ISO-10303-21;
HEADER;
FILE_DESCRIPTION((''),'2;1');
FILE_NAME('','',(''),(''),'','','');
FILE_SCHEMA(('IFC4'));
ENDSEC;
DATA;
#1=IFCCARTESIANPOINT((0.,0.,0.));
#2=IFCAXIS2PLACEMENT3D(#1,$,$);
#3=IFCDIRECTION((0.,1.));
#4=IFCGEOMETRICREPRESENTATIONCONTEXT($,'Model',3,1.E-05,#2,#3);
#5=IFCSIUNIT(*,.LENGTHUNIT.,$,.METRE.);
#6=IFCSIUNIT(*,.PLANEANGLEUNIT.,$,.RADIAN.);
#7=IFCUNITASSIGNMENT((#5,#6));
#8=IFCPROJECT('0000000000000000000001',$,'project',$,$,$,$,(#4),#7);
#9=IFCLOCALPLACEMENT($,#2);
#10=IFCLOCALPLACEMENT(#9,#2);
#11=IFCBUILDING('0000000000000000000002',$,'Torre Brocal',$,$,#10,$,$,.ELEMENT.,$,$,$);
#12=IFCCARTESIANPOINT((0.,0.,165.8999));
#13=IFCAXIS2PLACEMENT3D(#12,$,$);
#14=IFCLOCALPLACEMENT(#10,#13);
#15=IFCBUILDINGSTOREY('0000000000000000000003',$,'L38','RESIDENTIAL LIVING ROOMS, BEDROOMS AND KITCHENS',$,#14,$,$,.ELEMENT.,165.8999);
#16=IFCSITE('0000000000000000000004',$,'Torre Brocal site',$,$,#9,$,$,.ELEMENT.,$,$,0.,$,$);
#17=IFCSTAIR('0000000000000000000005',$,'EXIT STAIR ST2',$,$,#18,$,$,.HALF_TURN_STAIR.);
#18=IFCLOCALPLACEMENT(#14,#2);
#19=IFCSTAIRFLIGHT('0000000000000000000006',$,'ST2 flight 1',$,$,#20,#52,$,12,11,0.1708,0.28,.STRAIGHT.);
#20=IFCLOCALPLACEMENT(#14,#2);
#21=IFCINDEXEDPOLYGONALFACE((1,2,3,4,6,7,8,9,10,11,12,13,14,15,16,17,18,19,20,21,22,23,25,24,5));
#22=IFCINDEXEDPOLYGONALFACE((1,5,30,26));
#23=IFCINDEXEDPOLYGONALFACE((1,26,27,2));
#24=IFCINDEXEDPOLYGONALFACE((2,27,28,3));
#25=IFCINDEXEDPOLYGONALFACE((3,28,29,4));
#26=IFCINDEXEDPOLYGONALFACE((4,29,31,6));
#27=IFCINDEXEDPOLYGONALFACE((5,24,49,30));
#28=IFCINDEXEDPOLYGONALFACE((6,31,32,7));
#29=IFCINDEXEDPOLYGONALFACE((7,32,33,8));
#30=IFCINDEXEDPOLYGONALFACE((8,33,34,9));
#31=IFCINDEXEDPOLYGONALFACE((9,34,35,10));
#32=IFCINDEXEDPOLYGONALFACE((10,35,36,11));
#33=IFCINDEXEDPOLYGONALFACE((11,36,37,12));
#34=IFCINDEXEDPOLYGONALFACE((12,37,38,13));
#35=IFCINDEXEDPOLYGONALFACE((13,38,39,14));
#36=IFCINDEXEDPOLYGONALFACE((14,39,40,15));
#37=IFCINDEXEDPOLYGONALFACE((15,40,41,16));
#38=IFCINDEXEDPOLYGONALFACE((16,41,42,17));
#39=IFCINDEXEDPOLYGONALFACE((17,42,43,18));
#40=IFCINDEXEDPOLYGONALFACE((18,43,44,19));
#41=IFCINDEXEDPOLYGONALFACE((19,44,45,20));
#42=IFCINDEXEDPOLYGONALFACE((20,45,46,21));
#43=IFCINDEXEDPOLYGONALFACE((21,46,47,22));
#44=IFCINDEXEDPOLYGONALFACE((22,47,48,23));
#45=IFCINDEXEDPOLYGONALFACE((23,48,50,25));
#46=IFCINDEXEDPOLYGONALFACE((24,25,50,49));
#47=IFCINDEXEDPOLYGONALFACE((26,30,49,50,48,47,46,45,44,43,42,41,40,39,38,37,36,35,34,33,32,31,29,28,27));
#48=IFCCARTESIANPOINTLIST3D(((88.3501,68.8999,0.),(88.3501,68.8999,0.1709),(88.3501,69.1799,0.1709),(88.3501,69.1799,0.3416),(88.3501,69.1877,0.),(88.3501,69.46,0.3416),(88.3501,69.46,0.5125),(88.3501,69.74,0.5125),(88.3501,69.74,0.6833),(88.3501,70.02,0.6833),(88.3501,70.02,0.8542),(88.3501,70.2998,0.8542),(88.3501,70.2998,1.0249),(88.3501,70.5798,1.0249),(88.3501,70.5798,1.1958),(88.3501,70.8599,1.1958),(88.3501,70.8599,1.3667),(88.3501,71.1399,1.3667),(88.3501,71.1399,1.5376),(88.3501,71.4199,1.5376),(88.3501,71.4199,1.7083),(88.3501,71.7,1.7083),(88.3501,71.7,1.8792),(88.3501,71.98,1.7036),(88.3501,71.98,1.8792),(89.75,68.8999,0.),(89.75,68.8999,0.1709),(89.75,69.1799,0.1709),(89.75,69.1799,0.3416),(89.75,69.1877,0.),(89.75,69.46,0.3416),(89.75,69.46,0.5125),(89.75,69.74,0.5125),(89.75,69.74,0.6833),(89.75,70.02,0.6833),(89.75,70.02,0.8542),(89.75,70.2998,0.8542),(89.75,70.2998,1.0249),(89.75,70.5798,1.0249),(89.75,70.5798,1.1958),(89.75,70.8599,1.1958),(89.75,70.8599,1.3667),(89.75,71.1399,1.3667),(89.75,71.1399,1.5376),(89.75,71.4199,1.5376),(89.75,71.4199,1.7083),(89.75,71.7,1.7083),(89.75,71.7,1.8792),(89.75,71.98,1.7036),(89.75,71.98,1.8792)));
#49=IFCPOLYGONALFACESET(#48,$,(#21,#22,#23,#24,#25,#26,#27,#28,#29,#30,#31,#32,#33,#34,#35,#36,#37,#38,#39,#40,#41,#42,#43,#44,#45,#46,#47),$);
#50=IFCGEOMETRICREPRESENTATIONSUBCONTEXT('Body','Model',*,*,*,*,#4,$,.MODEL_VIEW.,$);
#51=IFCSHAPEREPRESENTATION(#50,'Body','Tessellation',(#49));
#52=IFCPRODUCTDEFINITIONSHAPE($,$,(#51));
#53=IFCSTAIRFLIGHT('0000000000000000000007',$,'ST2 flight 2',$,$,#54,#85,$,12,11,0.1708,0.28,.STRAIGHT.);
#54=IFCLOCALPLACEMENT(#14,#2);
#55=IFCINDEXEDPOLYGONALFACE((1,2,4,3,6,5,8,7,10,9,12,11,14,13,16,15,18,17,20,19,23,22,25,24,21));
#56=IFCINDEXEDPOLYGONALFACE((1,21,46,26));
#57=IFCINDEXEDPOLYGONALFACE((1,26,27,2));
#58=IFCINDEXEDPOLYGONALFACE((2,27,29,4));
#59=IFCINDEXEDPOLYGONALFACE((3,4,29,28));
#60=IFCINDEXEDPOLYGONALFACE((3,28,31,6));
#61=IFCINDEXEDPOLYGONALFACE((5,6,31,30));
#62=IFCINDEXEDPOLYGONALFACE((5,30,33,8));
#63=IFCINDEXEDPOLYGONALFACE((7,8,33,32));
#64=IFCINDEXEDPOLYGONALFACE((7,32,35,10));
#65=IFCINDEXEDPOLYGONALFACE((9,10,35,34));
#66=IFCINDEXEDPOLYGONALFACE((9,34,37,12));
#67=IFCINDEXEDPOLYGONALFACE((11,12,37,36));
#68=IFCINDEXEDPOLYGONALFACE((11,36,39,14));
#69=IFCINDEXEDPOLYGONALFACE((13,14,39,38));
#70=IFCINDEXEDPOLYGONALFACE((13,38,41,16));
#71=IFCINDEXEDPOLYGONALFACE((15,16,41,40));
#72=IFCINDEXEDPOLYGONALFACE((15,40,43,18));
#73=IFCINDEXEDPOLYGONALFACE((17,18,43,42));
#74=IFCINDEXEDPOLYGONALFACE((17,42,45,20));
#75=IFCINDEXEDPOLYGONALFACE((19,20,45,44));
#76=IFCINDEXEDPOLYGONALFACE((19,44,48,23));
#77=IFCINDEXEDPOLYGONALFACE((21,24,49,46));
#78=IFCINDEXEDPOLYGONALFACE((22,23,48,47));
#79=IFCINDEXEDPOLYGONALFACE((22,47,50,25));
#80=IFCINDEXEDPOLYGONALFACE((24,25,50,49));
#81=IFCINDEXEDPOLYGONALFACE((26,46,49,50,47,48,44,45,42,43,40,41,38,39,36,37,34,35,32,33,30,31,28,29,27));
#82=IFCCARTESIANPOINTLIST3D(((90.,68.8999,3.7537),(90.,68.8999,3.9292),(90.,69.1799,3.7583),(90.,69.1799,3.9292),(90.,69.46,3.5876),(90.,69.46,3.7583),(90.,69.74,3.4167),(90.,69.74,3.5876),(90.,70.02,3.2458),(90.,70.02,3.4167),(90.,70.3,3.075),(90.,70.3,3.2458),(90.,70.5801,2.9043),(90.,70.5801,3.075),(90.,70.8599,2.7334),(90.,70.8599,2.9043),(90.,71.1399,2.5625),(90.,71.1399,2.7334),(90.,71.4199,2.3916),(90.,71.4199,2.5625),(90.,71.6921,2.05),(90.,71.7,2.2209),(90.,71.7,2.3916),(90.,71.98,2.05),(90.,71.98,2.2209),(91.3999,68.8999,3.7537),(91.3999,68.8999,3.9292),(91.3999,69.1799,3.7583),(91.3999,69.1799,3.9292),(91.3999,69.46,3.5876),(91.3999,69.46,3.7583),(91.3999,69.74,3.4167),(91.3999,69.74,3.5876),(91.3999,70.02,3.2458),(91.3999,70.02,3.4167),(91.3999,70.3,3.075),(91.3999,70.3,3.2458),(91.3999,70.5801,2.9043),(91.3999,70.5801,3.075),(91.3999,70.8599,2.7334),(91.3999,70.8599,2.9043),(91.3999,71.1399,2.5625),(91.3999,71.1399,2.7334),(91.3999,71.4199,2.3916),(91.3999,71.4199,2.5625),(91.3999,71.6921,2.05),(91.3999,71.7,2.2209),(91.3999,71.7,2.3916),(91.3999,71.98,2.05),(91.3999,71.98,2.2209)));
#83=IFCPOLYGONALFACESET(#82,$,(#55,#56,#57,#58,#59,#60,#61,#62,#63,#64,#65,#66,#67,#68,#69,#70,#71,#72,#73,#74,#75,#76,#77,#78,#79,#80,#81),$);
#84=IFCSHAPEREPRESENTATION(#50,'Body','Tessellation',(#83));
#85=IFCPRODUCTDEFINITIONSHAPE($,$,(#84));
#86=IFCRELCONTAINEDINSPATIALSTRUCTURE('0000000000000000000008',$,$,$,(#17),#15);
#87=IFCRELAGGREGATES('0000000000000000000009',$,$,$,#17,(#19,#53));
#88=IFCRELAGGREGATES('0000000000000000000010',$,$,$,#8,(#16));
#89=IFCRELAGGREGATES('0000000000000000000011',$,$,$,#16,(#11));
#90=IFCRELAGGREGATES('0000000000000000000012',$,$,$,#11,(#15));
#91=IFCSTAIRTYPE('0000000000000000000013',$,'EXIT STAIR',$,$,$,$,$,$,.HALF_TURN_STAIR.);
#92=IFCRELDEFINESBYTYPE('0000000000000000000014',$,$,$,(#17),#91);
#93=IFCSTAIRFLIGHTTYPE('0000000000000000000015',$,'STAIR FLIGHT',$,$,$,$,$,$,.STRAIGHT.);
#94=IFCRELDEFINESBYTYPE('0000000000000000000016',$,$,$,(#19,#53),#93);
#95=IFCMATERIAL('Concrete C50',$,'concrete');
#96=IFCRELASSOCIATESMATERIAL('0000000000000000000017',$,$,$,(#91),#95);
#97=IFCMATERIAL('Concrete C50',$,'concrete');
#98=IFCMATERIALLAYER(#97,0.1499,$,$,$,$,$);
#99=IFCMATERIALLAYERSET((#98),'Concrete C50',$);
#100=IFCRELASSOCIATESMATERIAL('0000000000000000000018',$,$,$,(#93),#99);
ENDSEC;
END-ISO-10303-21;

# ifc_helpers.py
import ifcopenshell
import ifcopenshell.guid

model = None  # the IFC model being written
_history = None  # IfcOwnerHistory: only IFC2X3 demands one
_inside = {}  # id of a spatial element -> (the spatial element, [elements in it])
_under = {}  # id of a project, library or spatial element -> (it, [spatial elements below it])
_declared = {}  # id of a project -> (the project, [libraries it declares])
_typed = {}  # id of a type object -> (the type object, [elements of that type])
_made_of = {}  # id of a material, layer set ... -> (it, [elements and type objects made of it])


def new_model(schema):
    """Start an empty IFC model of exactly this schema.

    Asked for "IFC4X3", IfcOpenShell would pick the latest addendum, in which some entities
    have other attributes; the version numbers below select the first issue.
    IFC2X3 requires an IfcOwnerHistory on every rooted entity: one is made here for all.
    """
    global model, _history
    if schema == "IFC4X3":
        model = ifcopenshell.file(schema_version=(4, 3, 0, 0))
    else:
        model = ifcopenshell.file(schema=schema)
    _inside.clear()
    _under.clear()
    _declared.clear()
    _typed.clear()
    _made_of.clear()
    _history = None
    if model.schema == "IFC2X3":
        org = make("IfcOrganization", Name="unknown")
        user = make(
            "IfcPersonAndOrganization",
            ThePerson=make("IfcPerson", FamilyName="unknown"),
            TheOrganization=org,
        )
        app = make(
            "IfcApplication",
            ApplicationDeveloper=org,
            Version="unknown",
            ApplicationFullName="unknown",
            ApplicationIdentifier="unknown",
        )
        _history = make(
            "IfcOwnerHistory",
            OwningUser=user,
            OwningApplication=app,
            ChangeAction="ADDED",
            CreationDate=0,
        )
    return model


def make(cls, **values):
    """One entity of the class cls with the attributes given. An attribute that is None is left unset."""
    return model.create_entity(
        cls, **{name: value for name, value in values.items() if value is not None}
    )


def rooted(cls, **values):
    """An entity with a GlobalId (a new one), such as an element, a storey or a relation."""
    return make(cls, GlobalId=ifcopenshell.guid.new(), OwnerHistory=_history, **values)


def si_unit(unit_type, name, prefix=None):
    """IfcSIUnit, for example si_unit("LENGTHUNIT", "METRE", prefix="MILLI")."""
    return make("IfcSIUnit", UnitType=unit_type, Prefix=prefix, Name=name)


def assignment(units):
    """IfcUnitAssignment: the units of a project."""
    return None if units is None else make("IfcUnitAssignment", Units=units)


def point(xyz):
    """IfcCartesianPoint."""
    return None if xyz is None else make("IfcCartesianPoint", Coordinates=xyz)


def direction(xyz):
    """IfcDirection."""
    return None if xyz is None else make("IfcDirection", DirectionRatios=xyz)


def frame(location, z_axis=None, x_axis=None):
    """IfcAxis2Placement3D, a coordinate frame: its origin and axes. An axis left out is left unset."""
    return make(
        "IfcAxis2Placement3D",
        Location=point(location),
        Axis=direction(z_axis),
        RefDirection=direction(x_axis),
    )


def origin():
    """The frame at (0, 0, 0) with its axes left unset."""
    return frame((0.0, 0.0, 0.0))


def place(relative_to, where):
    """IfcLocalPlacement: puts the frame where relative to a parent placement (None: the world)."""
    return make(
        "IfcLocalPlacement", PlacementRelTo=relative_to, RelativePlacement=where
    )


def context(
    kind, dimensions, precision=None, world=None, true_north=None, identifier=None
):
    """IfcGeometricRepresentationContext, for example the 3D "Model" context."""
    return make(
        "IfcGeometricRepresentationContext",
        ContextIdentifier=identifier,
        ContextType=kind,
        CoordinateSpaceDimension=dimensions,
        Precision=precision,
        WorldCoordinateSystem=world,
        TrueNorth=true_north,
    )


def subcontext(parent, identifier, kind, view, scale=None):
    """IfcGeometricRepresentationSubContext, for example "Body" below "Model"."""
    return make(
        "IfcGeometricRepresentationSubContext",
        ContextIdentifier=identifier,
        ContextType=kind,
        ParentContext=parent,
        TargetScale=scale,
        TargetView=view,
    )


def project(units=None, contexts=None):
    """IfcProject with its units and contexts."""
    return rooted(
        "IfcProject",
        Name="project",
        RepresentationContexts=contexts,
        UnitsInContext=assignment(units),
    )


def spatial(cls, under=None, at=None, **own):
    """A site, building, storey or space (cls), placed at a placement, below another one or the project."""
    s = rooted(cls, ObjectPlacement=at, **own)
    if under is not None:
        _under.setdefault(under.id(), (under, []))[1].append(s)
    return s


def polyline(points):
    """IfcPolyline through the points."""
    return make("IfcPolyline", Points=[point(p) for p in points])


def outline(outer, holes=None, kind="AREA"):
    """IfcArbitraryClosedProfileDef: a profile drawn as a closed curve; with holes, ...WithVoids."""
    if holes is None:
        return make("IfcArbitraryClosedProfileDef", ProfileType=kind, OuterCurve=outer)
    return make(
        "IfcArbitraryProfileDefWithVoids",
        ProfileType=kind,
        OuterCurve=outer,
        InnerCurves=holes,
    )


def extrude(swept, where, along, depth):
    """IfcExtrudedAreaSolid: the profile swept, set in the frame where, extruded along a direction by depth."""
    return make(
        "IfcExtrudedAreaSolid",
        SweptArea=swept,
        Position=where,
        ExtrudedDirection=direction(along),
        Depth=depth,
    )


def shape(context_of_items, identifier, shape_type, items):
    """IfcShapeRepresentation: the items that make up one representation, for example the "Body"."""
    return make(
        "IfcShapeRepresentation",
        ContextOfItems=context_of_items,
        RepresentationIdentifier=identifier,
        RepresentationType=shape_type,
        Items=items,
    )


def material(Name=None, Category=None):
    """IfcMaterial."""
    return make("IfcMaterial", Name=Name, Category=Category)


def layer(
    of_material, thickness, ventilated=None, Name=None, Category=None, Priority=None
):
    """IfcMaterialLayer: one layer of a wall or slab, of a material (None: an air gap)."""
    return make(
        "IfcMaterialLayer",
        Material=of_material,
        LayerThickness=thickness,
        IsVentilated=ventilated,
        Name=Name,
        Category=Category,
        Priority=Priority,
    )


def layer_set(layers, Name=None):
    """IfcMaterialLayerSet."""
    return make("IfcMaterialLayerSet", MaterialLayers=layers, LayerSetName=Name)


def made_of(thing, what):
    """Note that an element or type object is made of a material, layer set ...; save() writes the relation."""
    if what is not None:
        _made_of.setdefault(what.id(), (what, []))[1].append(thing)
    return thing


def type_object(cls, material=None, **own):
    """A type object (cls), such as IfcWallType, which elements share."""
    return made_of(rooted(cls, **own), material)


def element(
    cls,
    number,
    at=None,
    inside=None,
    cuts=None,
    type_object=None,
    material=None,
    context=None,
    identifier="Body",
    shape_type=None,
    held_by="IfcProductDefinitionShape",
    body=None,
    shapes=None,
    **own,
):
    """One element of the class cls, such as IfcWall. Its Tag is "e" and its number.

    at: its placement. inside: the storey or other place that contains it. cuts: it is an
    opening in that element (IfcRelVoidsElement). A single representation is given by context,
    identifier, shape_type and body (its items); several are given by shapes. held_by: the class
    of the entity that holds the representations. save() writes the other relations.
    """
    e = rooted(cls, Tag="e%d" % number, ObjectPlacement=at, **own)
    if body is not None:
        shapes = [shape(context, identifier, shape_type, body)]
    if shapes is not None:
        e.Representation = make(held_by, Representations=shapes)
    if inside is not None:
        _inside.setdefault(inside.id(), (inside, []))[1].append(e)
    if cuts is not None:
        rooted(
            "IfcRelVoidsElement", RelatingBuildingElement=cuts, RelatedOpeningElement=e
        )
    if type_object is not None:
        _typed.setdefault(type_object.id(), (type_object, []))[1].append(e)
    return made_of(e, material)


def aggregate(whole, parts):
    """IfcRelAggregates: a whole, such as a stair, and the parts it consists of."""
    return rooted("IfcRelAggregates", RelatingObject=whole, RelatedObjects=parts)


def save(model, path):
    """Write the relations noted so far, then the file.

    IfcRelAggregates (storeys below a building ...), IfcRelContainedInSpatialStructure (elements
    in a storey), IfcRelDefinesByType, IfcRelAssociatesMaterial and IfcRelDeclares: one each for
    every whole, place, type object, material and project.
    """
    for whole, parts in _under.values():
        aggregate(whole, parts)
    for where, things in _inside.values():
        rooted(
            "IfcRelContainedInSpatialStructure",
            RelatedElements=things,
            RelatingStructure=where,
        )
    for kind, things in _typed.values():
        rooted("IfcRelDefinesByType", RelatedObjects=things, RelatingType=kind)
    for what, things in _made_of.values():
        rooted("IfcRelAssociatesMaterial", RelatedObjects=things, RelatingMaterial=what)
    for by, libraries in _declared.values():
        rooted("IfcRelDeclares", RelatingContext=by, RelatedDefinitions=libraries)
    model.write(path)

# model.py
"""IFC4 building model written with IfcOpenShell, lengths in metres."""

from ifc_helpers import new_model, si_unit, direction, frame, origin, place, context, subcontext, project, spatial, polyline, outline, extrude, material, layer, layer_set, type_object, element, aggregate, save


model = new_model("IFC4")

# Units and contexts
model_context = context("Model", 3, precision=1e-05, world=origin(), true_north=direction((0.0, 1.0)))
body_context = subcontext(model_context, "Body", "Model", "MODEL_VIEW")
ifc_project = project(units=[si_unit("LENGTHUNIT", "METRE"), si_unit("PLANEANGLEUNIT", "RADIAN")], contexts=[model_context])

# Site, building, storey
site_placement = place(None, origin())
site = spatial("IfcSite", under=ifc_project, at=site_placement, Name="Torre Brocal site", CompositionType="ELEMENT", RefElevation=0.0)
building_placement = place(site_placement, origin())
building = spatial("IfcBuilding", under=site, at=building_placement, Name="Torre Brocal", CompositionType="ELEMENT")
storey_placement = place(building_placement, frame((0.0, 0.0, 165.8999)))
storey = spatial("IfcBuildingStorey", under=building, at=storey_placement, Name="L38", Description="RESIDENTIAL LIVING ROOMS, BEDROOMS AND KITCHENS", CompositionType="ELEMENT", Elevation=165.8999)

# Stair, stair flights
ifc_material_1 = material(Name="Concrete C50", Category="concrete")
stair_type = type_object("IfcStairType", Name="EXIT STAIR", PredefinedType="HALF_TURN_STAIR", material=ifc_material_1)
stair_placement = place(storey_placement, origin())
stair = element("IfcStair", 1, at=stair_placement, inside=storey, type_object=stair_type, Name="EXIT STAIR ST2", PredefinedType="HALF_TURN_STAIR")
ifc_material_2 = material(Name="Concrete C50", Category="concrete")
ifc_layer_1 = layer(ifc_material_2, 0.1499)
ifc_layer_set_1 = layer_set([ifc_layer_1], Name="Concrete C50")
stair_flight_type = type_object("IfcStairFlightType", Name="STAIR FLIGHT", PredefinedType="STRAIGHT", material=ifc_layer_set_1)
stair_flight_1_placement = place(storey_placement, frame((89.05, 68.8999, 0.0), z_axis=(0.0, 0.0, 1.0), x_axis=(0.0, 1.0, 0.0)))
stair_flight_1 = element("IfcStairFlight", 2, at=stair_flight_1_placement, type_object=stair_flight_type, Name="ST2 flight 1", NumberOfRisers=12, NumberOfTreads=11, PredefinedType="STRAIGHT", RiserHeight=0.1708, TreadLength=0.28, context=body_context, shape_type="SweptSolid", body=[
    extrude(outline(polyline([(0.0, 0.0), (0.0, 0.1709), (0.28, 0.1709), (0.28, 0.3416), (0.5601, 0.3416), (0.5601, 0.5125), (0.8401, 0.5125), (0.8401, 0.6833), (1.1201, 0.6833), (1.1201, 0.8542), (1.3999, 0.8542), (1.3999, 1.0249), (1.6799, 1.0249), (1.6799, 1.1958), (1.96, 1.1958), (1.96, 1.3667), (2.24, 1.3667), (2.24, 1.5376), (2.52, 1.5376), (2.52, 1.7083), (2.8, 1.7083), (2.8, 1.8792), (3.0801, 1.8792), (3.0801, 2.05), (3.0801, 1.7036), (0.2878, 0.0), (0.0, 0.0)])), frame((0.0, 0.7, 0.0), z_axis=(0.0, -1.0, 0.0), x_axis=(1.0, 0.0, 0.0)), (0.0, 0.0, 1.0), 1.3999),
])
stair_flight_2_placement = place(storey_placement, frame((90.7, 71.98, 2.05), z_axis=(0.0, 0.0, 1.0), x_axis=(0.0, -1.0, 0.0)))
stair_flight_2 = element("IfcStairFlight", 3, at=stair_flight_2_placement, type_object=stair_flight_type, Name="ST2 flight 2", NumberOfRisers=12, NumberOfTreads=11, PredefinedType="STRAIGHT", RiserHeight=0.1708, TreadLength=0.28, context=body_context, shape_type="SweptSolid", body=[
    extrude(outline(polyline([(0.0, 0.0), (0.0, 0.1709), (0.28, 0.1709), (0.28, 0.3416), (0.5601, 0.3416), (0.5601, 0.5125), (0.8401, 0.5125), (0.8401, 0.6833), (1.1201, 0.6833), (1.1201, 0.8542), (1.3999, 0.8542), (1.3999, 1.0249), (1.6799, 1.0249), (1.6799, 1.1958), (1.96, 1.1958), (1.96, 1.3667), (2.24, 1.3667), (2.24, 1.5376), (2.52, 1.5376), (2.52, 1.7083), (2.8, 1.7083), (2.8, 1.8792), (3.0801, 1.8792), (3.0801, 2.05), (3.0801, 1.7036), (0.2878, 0.0), (0.0, 0.0)])), frame((0.0, 0.7, 0.0), z_axis=(0.0, -1.0, 0.0), x_axis=(1.0, 0.0, 0.0)), (0.0, 0.0, 1.0), 1.3999),
])
aggregate(stair, [stair_flight_1, stair_flight_2])

save(model, "model.ifc")
